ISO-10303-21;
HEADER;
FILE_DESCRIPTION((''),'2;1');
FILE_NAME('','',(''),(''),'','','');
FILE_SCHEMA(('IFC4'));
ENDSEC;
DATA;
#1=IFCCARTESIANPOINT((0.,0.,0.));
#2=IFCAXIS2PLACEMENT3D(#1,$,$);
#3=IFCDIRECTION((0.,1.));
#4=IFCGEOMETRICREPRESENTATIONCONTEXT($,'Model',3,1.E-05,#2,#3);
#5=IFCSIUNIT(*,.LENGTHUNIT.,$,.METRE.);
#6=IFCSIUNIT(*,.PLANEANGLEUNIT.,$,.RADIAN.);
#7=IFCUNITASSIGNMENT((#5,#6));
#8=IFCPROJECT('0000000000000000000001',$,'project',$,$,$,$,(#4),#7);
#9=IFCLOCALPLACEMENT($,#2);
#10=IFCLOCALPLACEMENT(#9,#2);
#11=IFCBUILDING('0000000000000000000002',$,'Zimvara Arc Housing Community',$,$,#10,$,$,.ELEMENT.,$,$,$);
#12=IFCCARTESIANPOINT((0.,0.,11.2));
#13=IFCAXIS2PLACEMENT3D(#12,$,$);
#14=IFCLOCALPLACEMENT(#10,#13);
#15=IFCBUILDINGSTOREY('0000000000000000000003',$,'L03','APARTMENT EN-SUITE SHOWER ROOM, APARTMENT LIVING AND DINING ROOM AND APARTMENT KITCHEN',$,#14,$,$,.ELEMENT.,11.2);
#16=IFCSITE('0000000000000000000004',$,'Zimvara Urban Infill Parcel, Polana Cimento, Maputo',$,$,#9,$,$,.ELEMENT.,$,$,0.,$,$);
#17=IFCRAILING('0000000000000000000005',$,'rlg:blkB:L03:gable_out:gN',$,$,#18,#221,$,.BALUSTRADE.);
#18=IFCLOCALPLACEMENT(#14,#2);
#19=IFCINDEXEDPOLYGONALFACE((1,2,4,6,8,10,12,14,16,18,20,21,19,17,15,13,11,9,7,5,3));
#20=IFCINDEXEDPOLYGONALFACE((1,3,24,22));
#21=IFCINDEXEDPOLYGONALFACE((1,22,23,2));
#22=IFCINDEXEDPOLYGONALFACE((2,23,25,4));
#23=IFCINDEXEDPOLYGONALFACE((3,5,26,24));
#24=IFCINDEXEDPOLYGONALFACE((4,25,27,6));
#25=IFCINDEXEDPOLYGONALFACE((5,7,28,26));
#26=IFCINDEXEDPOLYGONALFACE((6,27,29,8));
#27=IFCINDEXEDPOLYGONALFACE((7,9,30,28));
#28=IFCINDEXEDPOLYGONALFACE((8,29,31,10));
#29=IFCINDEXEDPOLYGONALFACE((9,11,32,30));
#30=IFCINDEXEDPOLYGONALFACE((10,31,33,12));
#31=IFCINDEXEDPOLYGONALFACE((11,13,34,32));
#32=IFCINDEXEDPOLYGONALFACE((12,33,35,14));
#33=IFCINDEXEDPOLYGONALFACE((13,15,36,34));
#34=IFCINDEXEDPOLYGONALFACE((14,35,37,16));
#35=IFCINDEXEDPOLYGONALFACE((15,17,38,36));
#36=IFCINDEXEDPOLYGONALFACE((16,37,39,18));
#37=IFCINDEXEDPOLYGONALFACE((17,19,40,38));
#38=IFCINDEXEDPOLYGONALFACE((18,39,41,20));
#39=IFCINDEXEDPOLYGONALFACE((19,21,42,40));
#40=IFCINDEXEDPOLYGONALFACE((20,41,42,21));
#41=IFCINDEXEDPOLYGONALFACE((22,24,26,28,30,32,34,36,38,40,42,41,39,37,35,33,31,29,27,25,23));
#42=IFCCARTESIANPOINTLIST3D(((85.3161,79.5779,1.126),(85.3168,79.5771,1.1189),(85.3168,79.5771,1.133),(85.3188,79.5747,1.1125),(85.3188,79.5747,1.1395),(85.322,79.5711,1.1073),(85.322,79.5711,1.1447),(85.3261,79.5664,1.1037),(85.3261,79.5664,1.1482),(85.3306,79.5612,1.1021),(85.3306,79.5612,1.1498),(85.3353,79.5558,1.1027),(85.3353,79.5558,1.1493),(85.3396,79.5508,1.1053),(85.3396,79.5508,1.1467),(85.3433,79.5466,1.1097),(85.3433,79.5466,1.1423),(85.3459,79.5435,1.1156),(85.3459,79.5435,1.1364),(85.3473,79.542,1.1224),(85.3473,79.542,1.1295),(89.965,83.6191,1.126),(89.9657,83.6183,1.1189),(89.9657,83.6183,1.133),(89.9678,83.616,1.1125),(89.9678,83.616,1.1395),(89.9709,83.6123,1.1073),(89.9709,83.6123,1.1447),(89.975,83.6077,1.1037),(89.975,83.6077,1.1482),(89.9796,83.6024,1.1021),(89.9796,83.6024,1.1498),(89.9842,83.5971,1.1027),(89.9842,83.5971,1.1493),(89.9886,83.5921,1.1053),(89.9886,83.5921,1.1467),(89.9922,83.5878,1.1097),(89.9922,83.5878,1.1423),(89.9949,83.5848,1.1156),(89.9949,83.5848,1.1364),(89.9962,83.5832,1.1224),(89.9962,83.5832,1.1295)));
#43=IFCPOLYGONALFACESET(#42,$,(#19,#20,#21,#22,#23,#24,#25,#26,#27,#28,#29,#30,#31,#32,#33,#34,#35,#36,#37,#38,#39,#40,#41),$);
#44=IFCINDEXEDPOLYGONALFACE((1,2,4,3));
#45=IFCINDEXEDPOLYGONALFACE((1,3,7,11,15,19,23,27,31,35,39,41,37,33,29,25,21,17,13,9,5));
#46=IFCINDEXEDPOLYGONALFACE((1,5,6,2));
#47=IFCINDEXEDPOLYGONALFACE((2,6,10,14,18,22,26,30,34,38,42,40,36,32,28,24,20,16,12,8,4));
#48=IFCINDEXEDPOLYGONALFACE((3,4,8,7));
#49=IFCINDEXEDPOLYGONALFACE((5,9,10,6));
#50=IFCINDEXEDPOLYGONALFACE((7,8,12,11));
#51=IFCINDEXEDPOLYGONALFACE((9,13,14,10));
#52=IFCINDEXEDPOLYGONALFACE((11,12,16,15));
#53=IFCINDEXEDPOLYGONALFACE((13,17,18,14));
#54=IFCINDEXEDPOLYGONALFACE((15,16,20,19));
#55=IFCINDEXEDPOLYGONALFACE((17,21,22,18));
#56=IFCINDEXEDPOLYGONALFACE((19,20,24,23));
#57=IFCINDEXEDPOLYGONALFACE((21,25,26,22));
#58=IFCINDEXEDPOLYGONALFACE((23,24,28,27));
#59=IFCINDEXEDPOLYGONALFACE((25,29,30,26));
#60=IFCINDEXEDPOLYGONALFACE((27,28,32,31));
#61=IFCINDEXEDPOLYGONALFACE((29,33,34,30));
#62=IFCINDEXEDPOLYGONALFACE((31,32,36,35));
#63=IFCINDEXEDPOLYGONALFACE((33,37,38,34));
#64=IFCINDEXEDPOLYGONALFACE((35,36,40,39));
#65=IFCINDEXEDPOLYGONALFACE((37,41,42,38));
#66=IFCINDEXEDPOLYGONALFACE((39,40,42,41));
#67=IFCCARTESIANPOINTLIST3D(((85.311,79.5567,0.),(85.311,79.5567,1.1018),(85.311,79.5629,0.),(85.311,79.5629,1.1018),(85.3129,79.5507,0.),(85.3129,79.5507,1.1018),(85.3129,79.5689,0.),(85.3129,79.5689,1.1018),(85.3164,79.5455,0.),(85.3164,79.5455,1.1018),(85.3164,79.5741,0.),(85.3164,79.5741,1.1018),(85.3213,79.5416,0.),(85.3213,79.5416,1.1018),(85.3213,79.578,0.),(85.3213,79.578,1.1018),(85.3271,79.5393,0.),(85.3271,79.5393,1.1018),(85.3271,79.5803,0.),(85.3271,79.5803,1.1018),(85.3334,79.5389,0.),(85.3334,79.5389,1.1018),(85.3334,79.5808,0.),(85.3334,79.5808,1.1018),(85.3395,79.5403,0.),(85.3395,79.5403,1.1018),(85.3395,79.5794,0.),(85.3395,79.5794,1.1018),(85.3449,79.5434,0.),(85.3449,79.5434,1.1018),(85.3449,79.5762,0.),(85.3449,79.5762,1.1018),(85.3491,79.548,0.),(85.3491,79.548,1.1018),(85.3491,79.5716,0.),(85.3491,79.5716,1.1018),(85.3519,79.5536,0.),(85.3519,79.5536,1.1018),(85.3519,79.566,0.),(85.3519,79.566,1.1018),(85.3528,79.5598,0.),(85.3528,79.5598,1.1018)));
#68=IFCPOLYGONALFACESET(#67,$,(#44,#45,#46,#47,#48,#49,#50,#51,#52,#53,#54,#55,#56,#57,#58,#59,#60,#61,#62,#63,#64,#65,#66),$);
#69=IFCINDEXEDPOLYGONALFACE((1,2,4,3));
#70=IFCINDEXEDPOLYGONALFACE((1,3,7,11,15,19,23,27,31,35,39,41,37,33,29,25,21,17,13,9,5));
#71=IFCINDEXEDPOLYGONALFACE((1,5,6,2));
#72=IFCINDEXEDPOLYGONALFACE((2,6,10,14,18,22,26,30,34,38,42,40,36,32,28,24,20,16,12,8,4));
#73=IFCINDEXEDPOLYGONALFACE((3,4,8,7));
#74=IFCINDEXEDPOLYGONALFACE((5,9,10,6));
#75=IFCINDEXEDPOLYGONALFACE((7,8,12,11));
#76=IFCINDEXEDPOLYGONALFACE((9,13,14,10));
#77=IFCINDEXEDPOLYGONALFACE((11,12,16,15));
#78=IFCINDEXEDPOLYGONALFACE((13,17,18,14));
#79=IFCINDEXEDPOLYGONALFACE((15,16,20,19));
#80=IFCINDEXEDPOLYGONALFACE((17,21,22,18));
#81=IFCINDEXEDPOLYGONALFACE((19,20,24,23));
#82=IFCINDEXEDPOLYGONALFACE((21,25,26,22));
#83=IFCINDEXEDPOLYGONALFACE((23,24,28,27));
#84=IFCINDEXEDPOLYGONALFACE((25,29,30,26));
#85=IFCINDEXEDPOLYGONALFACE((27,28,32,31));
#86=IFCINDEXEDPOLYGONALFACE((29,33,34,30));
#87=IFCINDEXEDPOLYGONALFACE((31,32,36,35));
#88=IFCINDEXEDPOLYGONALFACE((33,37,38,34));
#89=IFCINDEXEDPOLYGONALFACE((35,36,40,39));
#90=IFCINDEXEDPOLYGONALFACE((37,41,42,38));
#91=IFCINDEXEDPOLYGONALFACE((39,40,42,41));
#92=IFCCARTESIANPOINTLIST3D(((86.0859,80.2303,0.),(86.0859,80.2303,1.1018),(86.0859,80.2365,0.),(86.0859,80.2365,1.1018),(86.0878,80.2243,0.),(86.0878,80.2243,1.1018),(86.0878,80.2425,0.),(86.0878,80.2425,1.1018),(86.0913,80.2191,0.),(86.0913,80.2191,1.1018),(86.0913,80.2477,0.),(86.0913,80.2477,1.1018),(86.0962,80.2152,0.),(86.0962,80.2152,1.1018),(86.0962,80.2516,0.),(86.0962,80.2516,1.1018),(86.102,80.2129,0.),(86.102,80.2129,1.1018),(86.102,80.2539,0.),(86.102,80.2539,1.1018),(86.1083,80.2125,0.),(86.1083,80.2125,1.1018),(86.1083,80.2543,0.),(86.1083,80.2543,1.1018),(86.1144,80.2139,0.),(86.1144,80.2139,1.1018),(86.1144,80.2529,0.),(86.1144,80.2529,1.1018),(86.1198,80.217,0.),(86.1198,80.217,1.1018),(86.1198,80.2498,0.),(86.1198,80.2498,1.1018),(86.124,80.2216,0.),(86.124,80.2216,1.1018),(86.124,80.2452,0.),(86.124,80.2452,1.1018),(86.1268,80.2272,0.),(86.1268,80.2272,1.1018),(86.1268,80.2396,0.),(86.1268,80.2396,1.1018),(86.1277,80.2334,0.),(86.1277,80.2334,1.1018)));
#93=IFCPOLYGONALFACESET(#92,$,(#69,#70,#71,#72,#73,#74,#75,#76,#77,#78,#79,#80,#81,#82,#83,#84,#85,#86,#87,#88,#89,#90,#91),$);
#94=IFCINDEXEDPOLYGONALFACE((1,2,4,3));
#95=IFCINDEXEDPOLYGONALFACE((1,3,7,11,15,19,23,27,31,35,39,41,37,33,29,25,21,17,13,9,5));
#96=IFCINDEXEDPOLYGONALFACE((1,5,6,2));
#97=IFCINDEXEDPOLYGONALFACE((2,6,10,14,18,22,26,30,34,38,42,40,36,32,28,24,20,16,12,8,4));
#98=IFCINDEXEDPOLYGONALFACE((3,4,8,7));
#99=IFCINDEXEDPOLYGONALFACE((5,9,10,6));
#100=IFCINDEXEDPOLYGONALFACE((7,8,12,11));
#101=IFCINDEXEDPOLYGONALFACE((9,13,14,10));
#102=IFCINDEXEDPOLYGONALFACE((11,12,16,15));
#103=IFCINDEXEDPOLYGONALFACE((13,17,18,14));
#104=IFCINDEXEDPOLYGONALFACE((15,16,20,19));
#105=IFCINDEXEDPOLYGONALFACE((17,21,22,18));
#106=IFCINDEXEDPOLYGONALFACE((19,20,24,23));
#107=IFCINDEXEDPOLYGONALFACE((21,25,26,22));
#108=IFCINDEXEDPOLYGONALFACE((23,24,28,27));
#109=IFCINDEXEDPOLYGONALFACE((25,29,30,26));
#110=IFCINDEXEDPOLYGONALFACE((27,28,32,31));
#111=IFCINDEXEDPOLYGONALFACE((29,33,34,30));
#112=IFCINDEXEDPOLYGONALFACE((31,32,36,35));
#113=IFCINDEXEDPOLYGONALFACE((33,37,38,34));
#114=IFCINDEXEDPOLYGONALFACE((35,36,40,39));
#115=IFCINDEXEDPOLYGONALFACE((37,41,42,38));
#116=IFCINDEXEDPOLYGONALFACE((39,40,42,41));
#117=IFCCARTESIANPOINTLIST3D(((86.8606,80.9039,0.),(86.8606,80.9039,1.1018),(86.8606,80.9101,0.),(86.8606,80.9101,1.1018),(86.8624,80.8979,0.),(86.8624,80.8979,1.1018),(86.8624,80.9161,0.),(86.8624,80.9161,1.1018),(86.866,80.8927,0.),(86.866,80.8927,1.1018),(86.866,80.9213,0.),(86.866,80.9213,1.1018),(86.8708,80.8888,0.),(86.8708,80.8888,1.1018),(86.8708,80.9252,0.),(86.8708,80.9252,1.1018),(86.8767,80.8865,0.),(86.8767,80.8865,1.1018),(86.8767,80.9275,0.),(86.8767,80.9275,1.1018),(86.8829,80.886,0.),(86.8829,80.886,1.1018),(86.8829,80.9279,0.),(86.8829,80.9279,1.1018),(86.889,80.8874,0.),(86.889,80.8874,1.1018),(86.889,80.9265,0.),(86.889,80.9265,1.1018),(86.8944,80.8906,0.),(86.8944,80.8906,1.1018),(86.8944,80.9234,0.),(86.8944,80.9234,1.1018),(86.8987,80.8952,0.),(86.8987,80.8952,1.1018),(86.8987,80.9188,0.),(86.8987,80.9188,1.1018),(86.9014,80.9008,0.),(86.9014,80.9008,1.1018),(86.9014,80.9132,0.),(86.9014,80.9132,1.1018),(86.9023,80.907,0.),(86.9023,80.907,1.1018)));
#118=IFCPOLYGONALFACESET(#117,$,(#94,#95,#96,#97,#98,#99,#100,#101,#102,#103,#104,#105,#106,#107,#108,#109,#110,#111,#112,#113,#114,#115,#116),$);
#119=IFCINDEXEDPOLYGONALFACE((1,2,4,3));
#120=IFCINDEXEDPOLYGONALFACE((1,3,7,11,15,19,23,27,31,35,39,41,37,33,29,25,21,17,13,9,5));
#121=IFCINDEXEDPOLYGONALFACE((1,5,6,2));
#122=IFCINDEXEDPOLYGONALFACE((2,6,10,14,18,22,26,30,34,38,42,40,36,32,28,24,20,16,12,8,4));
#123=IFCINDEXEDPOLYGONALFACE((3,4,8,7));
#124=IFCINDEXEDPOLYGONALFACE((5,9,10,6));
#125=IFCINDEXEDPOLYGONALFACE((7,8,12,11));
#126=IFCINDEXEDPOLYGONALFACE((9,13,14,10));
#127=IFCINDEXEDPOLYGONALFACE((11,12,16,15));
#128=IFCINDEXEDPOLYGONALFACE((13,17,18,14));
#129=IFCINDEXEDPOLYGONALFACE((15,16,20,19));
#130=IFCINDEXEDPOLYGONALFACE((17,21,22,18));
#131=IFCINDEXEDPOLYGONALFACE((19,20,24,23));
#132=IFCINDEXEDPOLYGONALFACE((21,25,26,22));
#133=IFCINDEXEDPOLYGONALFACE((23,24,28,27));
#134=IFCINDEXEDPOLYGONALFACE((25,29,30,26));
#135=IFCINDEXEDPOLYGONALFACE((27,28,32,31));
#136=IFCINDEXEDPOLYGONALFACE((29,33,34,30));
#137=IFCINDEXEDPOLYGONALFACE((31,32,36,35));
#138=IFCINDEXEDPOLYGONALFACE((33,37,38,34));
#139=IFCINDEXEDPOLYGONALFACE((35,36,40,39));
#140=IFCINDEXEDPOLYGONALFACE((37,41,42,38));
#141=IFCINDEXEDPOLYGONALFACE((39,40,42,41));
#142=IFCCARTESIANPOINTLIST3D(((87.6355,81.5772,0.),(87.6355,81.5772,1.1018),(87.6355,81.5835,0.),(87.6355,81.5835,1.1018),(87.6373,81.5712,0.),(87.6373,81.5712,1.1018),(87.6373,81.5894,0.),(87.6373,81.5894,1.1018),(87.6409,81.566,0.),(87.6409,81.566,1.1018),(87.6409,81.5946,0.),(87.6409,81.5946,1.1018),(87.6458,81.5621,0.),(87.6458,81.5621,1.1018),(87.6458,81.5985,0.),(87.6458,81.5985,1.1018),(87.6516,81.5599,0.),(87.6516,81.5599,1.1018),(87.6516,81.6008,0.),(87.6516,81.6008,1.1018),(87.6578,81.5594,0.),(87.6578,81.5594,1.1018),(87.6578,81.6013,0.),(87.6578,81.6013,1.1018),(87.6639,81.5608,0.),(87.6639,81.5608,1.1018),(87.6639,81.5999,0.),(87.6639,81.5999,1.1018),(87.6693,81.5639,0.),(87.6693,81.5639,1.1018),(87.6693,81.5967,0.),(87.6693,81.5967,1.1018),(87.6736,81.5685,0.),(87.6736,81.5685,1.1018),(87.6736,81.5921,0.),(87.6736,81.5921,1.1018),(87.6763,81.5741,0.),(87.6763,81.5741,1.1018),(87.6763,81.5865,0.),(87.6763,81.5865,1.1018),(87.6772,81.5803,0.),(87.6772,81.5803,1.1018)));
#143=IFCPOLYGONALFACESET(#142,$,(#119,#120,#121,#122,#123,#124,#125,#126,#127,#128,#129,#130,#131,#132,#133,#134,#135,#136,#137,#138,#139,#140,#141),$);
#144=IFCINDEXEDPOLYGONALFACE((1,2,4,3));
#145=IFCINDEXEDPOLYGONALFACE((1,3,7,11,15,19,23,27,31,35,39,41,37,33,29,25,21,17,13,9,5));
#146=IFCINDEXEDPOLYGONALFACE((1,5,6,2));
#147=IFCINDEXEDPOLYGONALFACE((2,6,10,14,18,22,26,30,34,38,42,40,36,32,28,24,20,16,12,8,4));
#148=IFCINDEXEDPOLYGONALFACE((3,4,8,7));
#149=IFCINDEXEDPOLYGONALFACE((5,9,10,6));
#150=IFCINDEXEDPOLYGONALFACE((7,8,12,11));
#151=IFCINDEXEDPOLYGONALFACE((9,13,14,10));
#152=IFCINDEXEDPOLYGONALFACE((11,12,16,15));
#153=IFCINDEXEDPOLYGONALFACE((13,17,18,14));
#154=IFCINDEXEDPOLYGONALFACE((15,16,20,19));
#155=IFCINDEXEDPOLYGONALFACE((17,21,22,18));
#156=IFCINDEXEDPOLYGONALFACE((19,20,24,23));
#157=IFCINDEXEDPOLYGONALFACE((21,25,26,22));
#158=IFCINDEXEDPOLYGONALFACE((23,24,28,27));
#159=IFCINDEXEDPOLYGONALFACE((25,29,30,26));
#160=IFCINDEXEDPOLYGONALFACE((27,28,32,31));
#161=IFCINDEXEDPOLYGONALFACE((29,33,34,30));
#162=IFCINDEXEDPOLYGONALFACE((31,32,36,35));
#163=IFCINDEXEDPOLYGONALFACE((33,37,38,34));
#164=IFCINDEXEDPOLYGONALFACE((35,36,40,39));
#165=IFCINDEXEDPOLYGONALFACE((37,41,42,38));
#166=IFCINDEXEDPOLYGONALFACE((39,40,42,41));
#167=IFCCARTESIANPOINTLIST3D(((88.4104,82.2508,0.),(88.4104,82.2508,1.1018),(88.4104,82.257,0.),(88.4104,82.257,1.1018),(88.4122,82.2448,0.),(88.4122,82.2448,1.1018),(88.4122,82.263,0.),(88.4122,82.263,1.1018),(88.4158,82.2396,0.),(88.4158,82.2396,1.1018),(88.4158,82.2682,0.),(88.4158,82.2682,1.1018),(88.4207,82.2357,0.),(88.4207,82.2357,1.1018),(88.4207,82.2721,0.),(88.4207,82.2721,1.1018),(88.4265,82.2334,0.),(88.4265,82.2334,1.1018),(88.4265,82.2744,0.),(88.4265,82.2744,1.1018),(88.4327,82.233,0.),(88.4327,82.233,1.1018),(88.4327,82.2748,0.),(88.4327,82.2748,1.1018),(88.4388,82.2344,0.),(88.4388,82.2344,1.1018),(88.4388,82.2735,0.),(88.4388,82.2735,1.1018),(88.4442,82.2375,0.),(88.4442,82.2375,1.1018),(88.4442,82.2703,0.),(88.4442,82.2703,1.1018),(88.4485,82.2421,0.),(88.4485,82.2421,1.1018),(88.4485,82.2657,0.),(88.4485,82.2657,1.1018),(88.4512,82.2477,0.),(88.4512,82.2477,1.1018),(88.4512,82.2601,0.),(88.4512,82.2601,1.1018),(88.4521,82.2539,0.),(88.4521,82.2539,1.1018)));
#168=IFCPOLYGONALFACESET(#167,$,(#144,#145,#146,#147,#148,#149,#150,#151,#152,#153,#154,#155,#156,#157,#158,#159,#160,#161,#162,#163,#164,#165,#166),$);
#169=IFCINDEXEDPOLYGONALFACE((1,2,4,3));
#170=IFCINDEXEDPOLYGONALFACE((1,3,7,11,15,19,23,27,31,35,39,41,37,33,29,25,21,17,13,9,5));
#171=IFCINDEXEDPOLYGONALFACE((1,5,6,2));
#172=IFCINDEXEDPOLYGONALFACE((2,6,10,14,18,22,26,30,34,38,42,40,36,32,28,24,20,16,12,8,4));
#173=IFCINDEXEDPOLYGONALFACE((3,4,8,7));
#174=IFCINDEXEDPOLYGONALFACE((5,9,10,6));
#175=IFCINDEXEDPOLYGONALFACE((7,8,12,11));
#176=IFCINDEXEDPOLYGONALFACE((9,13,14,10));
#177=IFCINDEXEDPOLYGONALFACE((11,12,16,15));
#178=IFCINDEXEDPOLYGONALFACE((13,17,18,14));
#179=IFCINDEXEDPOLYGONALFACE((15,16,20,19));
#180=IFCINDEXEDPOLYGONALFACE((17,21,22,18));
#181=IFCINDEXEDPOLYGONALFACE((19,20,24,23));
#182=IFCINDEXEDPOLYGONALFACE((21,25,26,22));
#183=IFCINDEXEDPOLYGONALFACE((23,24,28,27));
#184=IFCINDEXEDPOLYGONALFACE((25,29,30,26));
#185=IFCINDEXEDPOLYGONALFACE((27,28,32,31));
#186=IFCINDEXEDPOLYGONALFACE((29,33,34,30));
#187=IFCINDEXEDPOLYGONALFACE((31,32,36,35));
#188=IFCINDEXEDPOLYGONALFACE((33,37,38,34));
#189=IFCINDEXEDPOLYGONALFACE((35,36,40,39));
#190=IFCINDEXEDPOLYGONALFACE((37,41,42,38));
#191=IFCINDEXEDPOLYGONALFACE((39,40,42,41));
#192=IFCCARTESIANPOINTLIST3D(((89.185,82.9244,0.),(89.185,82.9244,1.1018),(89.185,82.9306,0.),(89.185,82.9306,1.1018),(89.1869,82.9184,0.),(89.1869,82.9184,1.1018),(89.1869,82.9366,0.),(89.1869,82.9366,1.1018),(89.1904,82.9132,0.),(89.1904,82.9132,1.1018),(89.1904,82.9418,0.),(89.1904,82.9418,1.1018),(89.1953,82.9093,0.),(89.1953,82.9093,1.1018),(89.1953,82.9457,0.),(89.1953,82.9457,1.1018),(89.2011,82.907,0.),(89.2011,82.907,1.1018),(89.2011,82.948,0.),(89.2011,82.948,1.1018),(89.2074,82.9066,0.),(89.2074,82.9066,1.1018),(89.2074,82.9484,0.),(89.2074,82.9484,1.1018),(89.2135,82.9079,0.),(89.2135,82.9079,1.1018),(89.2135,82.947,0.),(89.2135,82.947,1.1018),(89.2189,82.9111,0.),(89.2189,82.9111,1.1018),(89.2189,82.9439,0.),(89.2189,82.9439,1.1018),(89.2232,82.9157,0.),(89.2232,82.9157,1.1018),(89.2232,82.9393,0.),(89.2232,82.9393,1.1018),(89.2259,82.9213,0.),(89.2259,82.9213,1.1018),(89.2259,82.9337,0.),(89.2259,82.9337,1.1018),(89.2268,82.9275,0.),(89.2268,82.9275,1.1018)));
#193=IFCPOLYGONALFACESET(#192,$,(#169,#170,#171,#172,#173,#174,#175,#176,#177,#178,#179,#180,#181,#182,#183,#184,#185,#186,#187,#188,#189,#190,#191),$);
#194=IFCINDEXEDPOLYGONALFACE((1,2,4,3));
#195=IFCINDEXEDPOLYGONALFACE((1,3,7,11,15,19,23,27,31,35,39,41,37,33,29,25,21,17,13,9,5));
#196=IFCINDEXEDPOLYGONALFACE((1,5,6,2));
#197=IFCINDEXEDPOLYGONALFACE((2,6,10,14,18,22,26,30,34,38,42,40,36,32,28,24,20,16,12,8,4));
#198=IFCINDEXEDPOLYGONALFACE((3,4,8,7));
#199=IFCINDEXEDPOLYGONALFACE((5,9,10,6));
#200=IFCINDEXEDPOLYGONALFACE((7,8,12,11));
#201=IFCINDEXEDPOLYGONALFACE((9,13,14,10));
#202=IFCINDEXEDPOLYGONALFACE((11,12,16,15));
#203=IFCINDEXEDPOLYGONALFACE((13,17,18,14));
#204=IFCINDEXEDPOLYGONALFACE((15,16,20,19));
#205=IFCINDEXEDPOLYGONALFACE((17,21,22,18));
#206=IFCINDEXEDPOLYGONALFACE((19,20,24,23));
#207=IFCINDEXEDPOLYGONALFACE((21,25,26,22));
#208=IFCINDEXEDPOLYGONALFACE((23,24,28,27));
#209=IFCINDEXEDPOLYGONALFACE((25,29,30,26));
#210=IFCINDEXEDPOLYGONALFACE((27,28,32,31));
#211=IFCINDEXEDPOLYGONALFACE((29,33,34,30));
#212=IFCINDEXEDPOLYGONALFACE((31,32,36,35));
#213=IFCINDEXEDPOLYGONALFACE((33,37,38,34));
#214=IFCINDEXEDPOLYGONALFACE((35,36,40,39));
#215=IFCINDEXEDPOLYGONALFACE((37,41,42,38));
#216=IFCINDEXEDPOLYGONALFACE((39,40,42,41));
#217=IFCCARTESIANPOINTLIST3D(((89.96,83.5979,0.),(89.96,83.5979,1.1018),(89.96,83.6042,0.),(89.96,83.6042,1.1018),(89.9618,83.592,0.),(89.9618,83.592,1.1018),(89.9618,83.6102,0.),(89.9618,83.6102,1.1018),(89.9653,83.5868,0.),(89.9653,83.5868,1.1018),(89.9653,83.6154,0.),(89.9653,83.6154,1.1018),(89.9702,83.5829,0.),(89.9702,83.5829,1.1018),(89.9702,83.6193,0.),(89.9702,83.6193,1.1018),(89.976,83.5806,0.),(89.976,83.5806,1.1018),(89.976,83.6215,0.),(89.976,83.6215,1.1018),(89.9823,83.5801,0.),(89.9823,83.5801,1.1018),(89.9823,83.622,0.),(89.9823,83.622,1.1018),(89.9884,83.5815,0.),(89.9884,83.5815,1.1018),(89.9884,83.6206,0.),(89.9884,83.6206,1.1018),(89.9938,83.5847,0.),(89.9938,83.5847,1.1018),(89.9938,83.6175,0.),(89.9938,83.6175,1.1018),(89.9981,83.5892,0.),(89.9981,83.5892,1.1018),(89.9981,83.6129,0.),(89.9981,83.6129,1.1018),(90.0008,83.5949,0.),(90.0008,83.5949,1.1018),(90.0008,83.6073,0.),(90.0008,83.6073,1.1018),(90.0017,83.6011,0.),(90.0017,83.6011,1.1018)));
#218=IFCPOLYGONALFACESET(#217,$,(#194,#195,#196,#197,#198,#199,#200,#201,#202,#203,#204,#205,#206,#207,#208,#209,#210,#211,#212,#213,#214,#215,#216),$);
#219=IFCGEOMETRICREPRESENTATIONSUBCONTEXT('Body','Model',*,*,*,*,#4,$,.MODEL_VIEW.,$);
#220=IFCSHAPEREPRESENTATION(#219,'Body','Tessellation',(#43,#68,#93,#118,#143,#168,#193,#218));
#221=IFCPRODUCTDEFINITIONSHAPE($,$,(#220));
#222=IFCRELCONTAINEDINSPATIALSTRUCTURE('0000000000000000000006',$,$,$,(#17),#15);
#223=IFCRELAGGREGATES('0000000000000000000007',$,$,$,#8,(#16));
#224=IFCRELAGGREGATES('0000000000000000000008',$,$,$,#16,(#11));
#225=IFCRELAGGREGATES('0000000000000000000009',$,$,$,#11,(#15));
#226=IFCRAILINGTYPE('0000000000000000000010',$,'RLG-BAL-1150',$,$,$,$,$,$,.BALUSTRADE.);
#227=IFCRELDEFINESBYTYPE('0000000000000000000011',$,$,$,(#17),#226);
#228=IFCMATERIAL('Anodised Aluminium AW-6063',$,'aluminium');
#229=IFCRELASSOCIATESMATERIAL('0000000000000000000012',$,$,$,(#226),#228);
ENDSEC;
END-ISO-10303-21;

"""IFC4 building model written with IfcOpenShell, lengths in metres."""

from ifc_helpers import new_model, si_unit, direction, frame, origin, origin_2d, place, context, subcontext, project, spatial, circle, extrude, material, type_object, element, save


model = new_model("IFC4")

# Units and contexts
model_context = context("Model", 3, precision=1e-05, world=origin(), true_north=direction((0.0, 1.0)))
body_context = subcontext(model_context, "Body", "Model", "MODEL_VIEW")
ifc_project = project(units=[si_unit("LENGTHUNIT", "METRE"), si_unit("PLANEANGLEUNIT", "RADIAN")], contexts=[model_context])

# Site, building, storey
site_placement = place(None, origin())
site = spatial("IfcSite", under=ifc_project, at=site_placement, Name="Zimvara Urban Infill Parcel, Polana Cimento, Maputo", CompositionType="ELEMENT", RefElevation=0.0)
building_placement = place(site_placement, origin())
building = spatial("IfcBuilding", under=site, at=building_placement, Name="Zimvara Arc Housing Community", CompositionType="ELEMENT")
storey_placement = place(building_placement, frame((0.0, 0.0, 11.2)))
storey = spatial("IfcBuildingStorey", under=building, at=storey_placement, Name="L03", Description="APARTMENT EN-SUITE SHOWER ROOM, APARTMENT LIVING AND DINING ROOM AND APARTMENT KITCHEN", CompositionType="ELEMENT", Elevation=11.2)

# Railing
ifc_material_1 = material(Name="Anodised Aluminium AW-6063", Category="aluminium")
railing_type = type_object("IfcRailingType", Name="RLG-BAL-1150", PredefinedType="BALUSTRADE", material=ifc_material_1)
railing_placement = place(storey_placement, frame((85.3318, 79.5598, 0.0)))
element("IfcRailing", 1, at=railing_placement, inside=storey, type_object=railing_type, Name="rlg:blkB:L03:gable_out:gN", PredefinedType="BALUSTRADE", context=body_context, shape_type="SweptSolid", body=[
    extrude(circle(Radius=0.0239, at=origin_2d()), frame((0.0, 0.0, 1.126), z_axis=(0.754709, 0.65606, 0.0), x_axis=(-0.65606, 0.754709, 0.0)), (0.0, 0.0, 1.0), 6.1599),
    extrude(circle(Radius=0.021, at=origin_2d()), origin(), (0.0, 0.0, 1.0), 1.1018),
    extrude(circle(Radius=0.021, at=origin_2d()), frame((0.7749, 0.6736, 0.0)), (0.0, 0.0, 1.0), 1.1018),
    extrude(circle(Radius=0.021, at=origin_2d()), frame((1.5496, 1.3472, 0.0)), (0.0, 0.0, 1.0), 1.1018),
    extrude(circle(Radius=0.021, at=origin_2d()), frame((2.3245, 2.0205, 0.0)), (0.0, 0.0, 1.0), 1.1018),
    extrude(circle(Radius=0.021, at=origin_2d()), frame((3.0994, 2.6941, 0.0)), (0.0, 0.0, 1.0), 1.1018),
    extrude(circle(Radius=0.021, at=origin_2d()), frame((3.874, 3.3677, 0.0)), (0.0, 0.0, 1.0), 1.1018),
    extrude(circle(Radius=0.021, at=origin_2d()), frame((4.6489, 4.0413, 0.0)), (0.0, 0.0, 1.0), 1.1018),
])

save(model, "model.ifc")
